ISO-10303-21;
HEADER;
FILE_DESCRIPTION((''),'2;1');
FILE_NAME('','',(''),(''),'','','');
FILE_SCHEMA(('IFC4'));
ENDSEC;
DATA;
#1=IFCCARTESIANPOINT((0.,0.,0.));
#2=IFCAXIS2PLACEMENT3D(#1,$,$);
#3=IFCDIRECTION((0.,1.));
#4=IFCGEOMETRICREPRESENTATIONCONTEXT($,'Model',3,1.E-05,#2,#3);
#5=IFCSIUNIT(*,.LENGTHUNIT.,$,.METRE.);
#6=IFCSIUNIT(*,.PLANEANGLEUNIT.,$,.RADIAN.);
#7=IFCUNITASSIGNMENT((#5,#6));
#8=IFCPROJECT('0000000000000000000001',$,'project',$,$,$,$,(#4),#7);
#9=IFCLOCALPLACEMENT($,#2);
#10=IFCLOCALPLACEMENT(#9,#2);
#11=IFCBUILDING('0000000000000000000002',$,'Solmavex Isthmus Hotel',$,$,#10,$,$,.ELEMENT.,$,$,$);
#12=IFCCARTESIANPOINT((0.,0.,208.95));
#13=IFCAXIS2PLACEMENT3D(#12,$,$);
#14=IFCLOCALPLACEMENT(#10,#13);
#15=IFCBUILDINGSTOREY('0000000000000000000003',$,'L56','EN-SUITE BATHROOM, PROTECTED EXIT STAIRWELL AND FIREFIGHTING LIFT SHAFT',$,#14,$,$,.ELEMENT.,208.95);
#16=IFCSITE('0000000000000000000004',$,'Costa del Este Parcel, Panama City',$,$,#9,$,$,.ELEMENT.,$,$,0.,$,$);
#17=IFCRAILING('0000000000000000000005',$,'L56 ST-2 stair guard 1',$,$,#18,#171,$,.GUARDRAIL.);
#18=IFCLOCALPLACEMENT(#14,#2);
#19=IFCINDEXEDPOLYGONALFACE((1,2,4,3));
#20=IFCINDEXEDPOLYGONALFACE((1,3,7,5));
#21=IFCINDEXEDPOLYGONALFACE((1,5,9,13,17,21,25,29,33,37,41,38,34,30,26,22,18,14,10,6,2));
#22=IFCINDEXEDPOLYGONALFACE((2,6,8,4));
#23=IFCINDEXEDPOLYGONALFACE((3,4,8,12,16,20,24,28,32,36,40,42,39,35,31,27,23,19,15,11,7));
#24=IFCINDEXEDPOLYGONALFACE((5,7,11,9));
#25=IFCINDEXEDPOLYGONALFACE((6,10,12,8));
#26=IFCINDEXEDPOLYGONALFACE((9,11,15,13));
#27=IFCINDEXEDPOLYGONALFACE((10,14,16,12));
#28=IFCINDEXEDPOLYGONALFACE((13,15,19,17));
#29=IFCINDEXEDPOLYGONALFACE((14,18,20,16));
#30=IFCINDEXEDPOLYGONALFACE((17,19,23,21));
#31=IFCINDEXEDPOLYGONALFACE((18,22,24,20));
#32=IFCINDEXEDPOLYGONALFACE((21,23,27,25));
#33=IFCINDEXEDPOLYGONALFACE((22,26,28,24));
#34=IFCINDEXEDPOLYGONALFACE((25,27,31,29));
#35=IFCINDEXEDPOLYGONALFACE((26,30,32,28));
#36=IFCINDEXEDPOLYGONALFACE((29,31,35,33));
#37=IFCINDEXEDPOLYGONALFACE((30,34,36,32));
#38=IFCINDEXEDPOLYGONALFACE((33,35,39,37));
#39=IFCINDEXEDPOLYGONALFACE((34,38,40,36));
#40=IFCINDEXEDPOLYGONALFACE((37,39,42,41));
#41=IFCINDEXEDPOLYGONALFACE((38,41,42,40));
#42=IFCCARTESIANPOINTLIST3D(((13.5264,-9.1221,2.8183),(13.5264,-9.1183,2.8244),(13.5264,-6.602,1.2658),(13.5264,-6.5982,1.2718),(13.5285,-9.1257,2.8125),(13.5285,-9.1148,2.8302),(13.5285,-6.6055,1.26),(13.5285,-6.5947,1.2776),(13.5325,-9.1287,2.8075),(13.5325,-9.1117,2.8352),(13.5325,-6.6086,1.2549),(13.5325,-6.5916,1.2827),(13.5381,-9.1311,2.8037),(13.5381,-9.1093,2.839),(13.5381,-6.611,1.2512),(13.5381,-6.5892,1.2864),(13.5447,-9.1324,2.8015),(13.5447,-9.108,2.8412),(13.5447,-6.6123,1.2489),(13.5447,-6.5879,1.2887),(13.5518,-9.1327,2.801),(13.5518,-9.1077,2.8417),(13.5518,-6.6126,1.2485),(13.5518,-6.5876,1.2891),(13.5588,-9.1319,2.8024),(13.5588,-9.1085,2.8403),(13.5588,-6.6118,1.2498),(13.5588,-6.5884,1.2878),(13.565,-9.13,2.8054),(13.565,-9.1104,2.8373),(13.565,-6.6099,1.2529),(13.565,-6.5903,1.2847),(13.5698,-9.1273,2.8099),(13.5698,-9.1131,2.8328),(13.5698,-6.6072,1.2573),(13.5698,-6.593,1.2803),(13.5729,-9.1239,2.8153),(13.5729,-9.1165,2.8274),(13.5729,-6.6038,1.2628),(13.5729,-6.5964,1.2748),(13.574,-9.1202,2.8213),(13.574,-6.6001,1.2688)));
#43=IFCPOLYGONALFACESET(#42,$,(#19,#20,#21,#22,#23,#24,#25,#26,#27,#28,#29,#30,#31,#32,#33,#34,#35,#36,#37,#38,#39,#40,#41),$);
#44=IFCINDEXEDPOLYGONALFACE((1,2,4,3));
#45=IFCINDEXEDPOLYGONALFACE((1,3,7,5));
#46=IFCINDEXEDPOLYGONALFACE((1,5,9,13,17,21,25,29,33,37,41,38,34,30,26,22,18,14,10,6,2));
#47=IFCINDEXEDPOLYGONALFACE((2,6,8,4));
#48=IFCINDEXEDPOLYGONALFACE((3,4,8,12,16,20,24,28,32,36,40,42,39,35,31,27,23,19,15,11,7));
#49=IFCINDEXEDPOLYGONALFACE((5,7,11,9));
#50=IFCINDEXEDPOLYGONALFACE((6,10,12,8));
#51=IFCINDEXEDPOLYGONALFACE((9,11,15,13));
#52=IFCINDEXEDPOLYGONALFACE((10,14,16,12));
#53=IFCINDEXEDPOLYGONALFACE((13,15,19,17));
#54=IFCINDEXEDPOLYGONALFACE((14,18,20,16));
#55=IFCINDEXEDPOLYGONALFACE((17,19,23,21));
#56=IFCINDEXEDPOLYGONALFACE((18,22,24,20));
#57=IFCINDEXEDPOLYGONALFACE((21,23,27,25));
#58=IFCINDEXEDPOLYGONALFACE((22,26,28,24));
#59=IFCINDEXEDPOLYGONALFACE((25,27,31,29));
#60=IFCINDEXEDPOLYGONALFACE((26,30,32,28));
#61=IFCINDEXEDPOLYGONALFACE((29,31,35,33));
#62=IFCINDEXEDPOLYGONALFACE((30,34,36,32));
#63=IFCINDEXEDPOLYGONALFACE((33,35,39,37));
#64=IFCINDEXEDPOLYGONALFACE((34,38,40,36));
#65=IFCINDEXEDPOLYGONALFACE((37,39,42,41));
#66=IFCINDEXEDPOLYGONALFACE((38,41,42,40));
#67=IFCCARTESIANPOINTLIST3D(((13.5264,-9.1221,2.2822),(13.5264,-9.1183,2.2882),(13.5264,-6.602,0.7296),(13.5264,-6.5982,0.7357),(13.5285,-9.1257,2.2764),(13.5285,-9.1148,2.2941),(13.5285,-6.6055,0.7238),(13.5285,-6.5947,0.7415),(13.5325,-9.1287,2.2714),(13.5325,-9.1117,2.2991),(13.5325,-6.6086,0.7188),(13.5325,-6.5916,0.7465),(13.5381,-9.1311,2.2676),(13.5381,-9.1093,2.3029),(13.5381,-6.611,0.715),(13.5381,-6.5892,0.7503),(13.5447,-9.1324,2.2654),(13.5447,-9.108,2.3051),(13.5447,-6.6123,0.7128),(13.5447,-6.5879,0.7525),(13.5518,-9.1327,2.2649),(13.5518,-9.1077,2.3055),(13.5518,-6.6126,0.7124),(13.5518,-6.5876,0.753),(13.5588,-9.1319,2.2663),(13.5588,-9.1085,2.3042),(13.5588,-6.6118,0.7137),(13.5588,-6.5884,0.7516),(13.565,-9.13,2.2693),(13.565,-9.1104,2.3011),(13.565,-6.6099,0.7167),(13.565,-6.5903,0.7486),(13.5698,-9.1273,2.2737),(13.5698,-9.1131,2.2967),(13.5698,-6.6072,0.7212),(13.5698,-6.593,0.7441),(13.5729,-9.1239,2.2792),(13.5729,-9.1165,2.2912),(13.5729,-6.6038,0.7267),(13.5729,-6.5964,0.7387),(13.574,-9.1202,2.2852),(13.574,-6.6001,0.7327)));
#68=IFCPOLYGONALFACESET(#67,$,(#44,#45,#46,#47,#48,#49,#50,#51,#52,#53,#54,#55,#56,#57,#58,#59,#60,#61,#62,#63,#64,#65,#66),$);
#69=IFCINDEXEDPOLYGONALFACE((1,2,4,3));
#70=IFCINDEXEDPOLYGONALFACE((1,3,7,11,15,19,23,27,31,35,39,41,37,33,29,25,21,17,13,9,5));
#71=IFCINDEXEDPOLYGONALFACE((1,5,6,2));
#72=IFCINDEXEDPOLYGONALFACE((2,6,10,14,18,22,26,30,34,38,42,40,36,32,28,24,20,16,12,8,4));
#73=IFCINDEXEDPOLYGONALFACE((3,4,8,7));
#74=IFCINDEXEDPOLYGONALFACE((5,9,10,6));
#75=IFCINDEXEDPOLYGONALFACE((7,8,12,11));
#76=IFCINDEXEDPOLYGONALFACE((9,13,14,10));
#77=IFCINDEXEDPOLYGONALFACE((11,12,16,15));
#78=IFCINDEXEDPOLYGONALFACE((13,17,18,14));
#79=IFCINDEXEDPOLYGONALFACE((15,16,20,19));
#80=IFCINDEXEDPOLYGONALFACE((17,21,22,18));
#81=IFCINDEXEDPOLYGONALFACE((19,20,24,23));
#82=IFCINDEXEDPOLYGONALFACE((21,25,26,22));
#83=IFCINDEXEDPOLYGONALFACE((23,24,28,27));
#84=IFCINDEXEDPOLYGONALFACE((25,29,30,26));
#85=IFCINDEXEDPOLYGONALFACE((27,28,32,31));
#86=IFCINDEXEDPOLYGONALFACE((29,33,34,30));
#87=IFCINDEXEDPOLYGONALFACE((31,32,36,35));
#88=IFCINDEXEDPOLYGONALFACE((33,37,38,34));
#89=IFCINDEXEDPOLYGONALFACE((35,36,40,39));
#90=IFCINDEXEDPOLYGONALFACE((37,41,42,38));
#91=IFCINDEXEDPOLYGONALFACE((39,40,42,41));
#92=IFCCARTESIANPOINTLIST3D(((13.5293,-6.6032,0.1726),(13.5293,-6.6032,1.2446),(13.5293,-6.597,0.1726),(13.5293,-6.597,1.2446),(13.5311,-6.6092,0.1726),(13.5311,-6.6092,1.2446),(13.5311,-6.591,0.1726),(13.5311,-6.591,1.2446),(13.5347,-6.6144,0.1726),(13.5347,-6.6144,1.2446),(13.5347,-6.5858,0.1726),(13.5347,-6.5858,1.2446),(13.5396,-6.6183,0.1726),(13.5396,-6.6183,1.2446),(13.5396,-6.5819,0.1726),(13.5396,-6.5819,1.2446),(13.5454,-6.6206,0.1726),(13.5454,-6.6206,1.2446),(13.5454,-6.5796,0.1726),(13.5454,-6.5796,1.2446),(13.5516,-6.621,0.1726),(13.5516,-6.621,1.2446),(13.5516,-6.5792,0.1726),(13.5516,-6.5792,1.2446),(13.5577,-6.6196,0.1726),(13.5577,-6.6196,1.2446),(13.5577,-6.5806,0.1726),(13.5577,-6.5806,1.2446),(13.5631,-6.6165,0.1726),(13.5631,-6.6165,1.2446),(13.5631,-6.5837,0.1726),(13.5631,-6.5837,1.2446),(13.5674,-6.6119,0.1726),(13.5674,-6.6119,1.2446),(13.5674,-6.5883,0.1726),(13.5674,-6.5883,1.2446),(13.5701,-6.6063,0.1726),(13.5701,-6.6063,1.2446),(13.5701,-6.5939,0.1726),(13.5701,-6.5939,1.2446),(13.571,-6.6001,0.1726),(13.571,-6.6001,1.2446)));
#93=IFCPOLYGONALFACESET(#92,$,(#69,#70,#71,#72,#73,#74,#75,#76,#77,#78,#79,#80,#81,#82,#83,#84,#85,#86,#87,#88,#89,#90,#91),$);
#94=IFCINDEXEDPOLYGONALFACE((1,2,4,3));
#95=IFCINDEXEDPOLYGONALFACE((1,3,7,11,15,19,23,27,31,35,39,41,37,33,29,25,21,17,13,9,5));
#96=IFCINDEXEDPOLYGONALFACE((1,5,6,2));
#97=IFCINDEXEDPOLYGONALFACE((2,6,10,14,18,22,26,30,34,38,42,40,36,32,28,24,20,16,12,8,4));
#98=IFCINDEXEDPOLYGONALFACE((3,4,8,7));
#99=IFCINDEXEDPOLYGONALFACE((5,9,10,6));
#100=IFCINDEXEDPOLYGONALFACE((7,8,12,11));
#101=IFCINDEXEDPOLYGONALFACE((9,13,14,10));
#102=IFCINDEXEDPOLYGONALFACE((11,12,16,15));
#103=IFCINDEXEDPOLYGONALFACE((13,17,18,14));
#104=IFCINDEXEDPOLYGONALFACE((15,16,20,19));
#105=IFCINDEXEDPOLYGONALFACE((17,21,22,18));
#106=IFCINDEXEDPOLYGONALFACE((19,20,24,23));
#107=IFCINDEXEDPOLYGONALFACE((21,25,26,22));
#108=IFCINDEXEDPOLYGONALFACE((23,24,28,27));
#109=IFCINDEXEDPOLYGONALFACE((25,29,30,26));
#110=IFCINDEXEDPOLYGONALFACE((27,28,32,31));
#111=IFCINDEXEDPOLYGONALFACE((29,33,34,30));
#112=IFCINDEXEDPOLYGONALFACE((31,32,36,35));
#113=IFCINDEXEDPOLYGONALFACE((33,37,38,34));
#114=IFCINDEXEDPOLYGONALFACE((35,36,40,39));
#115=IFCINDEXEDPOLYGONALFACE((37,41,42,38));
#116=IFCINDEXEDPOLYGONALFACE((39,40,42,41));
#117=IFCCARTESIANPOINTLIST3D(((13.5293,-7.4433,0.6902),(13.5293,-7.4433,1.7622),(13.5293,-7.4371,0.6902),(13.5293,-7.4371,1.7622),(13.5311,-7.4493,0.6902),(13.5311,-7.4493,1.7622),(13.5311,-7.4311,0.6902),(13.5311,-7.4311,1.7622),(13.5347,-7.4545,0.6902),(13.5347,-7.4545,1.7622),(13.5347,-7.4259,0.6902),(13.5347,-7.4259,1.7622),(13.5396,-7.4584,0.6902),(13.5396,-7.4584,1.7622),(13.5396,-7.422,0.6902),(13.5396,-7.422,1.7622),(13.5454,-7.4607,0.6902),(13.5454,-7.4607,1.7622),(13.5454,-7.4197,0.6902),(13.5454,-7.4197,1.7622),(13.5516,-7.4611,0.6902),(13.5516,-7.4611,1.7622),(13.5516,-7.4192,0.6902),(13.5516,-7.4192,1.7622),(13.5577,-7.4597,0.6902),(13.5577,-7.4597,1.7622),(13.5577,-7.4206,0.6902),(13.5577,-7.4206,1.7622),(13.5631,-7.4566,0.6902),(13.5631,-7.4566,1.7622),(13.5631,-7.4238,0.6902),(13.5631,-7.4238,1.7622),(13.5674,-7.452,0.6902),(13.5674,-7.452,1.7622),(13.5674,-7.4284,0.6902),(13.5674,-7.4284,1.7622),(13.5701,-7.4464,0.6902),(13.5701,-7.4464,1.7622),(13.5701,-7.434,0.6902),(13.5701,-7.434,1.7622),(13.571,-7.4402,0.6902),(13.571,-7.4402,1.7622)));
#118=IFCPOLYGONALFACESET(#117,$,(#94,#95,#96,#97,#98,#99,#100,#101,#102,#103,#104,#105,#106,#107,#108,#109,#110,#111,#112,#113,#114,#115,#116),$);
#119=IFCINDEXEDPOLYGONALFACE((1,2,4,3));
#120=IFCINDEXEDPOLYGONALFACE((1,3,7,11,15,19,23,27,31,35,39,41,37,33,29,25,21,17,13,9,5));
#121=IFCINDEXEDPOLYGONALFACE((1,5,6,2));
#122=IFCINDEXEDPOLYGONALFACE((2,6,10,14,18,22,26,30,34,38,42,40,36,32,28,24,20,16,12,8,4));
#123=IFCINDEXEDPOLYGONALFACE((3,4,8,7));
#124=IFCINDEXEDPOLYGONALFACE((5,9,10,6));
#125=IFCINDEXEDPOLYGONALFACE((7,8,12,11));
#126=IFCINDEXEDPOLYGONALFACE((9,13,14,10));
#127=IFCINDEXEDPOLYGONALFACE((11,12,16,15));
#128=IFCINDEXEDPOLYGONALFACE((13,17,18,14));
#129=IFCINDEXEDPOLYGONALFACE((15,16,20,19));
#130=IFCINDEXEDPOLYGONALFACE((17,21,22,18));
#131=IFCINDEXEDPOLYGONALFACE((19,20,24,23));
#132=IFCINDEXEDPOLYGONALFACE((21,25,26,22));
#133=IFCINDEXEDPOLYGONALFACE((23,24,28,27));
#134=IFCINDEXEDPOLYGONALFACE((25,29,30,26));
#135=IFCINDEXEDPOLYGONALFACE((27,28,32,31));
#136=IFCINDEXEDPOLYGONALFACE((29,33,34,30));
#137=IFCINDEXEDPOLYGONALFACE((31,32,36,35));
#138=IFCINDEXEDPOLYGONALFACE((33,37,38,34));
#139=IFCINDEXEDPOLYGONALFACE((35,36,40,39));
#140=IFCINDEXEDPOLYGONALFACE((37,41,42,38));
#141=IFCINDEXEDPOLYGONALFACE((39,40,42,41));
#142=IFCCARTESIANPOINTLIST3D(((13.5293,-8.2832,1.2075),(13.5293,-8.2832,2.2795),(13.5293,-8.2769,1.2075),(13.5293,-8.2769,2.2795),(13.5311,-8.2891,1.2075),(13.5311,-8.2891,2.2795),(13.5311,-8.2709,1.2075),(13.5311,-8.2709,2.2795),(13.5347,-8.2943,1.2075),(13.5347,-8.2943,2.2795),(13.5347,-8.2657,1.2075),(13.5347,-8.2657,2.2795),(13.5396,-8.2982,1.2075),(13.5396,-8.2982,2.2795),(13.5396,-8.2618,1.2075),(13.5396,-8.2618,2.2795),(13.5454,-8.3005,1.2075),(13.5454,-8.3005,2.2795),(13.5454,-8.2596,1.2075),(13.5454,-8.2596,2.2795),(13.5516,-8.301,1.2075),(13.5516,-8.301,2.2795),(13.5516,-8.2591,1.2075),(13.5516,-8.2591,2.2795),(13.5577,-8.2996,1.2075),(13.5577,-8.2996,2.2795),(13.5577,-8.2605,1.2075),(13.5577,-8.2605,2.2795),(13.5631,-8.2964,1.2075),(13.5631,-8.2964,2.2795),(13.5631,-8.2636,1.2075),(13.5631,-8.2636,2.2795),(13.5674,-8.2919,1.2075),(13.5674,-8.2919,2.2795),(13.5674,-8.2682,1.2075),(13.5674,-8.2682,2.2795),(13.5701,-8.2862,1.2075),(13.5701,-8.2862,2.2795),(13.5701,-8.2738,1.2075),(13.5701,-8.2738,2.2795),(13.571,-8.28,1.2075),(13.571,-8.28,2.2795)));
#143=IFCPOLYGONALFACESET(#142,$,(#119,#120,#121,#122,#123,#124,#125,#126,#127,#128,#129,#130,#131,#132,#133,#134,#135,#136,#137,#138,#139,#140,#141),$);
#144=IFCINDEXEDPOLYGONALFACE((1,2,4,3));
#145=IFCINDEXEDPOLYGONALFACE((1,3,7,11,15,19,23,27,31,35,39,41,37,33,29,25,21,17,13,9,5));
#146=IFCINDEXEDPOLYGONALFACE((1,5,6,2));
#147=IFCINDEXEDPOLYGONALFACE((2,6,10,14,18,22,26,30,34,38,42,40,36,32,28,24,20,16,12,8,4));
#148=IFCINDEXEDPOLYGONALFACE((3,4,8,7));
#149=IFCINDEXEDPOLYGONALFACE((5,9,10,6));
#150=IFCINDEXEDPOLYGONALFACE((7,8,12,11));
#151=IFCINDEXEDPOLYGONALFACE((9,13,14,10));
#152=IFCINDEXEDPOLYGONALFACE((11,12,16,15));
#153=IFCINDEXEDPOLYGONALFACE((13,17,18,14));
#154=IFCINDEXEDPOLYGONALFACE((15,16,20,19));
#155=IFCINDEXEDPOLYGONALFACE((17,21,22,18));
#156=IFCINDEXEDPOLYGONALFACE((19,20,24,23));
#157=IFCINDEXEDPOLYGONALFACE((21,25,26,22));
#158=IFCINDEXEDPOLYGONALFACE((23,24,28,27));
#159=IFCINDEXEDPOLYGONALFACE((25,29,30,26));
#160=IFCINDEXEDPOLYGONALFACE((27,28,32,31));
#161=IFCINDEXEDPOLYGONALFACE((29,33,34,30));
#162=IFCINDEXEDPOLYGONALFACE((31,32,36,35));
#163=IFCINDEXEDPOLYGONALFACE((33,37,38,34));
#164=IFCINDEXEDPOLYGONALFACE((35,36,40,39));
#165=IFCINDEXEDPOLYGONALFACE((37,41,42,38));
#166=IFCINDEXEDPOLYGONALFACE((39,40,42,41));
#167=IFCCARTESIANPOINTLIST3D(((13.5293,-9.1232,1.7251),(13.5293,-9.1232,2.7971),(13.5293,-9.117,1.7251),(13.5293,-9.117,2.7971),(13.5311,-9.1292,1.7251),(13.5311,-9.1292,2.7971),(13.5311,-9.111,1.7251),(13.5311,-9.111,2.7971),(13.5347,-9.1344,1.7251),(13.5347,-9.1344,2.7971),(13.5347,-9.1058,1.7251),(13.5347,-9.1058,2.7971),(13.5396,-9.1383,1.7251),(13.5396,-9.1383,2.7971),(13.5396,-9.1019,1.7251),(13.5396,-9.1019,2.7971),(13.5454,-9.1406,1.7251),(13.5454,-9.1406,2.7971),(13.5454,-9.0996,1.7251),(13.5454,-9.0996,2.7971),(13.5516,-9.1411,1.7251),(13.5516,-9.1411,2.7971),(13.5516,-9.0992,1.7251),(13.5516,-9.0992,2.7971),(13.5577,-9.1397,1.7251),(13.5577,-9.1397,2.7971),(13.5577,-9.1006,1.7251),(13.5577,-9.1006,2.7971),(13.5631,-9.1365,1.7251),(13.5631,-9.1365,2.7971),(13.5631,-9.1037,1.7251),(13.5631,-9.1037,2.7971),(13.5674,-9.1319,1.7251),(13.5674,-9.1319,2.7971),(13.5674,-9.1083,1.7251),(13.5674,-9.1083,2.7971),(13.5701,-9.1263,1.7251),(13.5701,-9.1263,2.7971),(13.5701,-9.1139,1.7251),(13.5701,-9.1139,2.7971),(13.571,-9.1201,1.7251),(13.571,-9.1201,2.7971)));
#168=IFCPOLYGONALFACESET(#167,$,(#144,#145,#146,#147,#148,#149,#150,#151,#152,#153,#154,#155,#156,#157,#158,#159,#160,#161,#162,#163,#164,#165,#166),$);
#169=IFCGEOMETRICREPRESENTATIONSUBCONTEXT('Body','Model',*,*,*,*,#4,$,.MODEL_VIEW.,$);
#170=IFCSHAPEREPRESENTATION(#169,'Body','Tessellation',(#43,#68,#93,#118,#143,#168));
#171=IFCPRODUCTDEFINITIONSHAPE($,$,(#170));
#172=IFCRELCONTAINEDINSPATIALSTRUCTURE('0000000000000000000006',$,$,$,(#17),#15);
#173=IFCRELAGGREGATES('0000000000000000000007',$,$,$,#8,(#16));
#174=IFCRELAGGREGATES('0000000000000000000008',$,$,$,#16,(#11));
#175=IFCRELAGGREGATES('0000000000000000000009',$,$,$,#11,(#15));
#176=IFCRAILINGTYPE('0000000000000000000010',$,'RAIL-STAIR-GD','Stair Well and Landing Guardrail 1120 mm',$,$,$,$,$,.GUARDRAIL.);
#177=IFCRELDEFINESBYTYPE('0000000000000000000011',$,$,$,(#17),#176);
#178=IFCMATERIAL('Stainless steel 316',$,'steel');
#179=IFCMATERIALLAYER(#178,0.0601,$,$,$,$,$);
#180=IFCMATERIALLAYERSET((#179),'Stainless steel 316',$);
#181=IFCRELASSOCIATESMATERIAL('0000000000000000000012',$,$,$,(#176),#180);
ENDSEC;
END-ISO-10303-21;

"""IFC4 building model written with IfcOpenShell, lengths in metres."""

from ifc_helpers import new_model, si_unit, direction, frame, origin, origin_2d, place, context, subcontext, project, spatial, circle, extrude, material, layer, layer_set, type_object, element, save


model = new_model("IFC4")

# Units and contexts
model_context = context("Model", 3, precision=1e-05, world=origin(), true_north=direction((0.0, 1.0)))
body_context = subcontext(model_context, "Body", "Model", "MODEL_VIEW")
ifc_project = project(units=[si_unit("LENGTHUNIT", "METRE"), si_unit("PLANEANGLEUNIT", "RADIAN")], contexts=[model_context])

# Site, building, storey
site_placement = place(None, origin())
site = spatial("IfcSite", under=ifc_project, at=site_placement, Name="Costa del Este Parcel, Panama City", CompositionType="ELEMENT", RefElevation=0.0)
building_placement = place(site_placement, origin())
building = spatial("IfcBuilding", under=site, at=building_placement, Name="Solmavex Isthmus Hotel", CompositionType="ELEMENT")
storey_placement = place(building_placement, frame((0.0, 0.0, 208.95)))
storey = spatial("IfcBuildingStorey", under=building, at=storey_placement, Name="L56", Description="EN-SUITE BATHROOM, PROTECTED EXIT STAIRWELL AND FIREFIGHTING LIFT SHAFT", CompositionType="ELEMENT", Elevation=208.95)

# Railing
ifc_material_1 = material(Name="Stainless steel 316", Category="steel")
ifc_layer_1 = layer(ifc_material_1, 0.0601)
ifc_layer_set_1 = layer_set([ifc_layer_1], Name="Stainless steel 316")
railing_type_1 = type_object("IfcRailingType", Name="RAIL-STAIR-GD", Description="Stair Well and Landing Guardrail 1120 mm", PredefinedType="GUARDRAIL", material=ifc_layer_set_1)
railing_1_placement = place(storey_placement, frame((13.55, -6.6001, 0.1726)))
element("IfcRailing", 1, at=railing_1_placement, inside=storey, type_object=railing_type_1, Name="L56 ST-2 stair guard 1", PredefinedType="GUARDRAIL", context=body_context, shape_type="SweptSolid", body=[
    extrude(circle(Radius=0.0239, at=origin_2d()), frame((0.0, 0.0, 1.0962), z_axis=(0.0, -0.8514, 0.524516), x_axis=(1.0, 0.0, 0.0)), (0.0, 0.0, 1.0), 2.96),
    extrude(circle(Radius=0.0239, at=origin_2d()), frame((0.0, 0.0, 0.5601), z_axis=(0.0, -0.8514, 0.524516), x_axis=(1.0, 0.0, 0.0)), (0.0, 0.0, 1.0), 2.96),
    extrude(circle(Radius=0.021, at=origin_2d()), origin(), (0.0, 0.0, 1.0), 1.072),
    extrude(circle(Radius=0.021, at=origin_2d()), frame((0.0, -0.8401, 0.5176)), (0.0, 0.0, 1.0), 1.072),
    extrude(circle(Radius=0.021, at=origin_2d()), frame((0.0, -1.6799, 1.0349)), (0.0, 0.0, 1.0), 1.072),
    extrude(circle(Radius=0.021, at=origin_2d()), frame((0.0, -2.52, 1.5525)), (0.0, 0.0, 1.0), 1.072),
])

save(model, "model.ifc")
